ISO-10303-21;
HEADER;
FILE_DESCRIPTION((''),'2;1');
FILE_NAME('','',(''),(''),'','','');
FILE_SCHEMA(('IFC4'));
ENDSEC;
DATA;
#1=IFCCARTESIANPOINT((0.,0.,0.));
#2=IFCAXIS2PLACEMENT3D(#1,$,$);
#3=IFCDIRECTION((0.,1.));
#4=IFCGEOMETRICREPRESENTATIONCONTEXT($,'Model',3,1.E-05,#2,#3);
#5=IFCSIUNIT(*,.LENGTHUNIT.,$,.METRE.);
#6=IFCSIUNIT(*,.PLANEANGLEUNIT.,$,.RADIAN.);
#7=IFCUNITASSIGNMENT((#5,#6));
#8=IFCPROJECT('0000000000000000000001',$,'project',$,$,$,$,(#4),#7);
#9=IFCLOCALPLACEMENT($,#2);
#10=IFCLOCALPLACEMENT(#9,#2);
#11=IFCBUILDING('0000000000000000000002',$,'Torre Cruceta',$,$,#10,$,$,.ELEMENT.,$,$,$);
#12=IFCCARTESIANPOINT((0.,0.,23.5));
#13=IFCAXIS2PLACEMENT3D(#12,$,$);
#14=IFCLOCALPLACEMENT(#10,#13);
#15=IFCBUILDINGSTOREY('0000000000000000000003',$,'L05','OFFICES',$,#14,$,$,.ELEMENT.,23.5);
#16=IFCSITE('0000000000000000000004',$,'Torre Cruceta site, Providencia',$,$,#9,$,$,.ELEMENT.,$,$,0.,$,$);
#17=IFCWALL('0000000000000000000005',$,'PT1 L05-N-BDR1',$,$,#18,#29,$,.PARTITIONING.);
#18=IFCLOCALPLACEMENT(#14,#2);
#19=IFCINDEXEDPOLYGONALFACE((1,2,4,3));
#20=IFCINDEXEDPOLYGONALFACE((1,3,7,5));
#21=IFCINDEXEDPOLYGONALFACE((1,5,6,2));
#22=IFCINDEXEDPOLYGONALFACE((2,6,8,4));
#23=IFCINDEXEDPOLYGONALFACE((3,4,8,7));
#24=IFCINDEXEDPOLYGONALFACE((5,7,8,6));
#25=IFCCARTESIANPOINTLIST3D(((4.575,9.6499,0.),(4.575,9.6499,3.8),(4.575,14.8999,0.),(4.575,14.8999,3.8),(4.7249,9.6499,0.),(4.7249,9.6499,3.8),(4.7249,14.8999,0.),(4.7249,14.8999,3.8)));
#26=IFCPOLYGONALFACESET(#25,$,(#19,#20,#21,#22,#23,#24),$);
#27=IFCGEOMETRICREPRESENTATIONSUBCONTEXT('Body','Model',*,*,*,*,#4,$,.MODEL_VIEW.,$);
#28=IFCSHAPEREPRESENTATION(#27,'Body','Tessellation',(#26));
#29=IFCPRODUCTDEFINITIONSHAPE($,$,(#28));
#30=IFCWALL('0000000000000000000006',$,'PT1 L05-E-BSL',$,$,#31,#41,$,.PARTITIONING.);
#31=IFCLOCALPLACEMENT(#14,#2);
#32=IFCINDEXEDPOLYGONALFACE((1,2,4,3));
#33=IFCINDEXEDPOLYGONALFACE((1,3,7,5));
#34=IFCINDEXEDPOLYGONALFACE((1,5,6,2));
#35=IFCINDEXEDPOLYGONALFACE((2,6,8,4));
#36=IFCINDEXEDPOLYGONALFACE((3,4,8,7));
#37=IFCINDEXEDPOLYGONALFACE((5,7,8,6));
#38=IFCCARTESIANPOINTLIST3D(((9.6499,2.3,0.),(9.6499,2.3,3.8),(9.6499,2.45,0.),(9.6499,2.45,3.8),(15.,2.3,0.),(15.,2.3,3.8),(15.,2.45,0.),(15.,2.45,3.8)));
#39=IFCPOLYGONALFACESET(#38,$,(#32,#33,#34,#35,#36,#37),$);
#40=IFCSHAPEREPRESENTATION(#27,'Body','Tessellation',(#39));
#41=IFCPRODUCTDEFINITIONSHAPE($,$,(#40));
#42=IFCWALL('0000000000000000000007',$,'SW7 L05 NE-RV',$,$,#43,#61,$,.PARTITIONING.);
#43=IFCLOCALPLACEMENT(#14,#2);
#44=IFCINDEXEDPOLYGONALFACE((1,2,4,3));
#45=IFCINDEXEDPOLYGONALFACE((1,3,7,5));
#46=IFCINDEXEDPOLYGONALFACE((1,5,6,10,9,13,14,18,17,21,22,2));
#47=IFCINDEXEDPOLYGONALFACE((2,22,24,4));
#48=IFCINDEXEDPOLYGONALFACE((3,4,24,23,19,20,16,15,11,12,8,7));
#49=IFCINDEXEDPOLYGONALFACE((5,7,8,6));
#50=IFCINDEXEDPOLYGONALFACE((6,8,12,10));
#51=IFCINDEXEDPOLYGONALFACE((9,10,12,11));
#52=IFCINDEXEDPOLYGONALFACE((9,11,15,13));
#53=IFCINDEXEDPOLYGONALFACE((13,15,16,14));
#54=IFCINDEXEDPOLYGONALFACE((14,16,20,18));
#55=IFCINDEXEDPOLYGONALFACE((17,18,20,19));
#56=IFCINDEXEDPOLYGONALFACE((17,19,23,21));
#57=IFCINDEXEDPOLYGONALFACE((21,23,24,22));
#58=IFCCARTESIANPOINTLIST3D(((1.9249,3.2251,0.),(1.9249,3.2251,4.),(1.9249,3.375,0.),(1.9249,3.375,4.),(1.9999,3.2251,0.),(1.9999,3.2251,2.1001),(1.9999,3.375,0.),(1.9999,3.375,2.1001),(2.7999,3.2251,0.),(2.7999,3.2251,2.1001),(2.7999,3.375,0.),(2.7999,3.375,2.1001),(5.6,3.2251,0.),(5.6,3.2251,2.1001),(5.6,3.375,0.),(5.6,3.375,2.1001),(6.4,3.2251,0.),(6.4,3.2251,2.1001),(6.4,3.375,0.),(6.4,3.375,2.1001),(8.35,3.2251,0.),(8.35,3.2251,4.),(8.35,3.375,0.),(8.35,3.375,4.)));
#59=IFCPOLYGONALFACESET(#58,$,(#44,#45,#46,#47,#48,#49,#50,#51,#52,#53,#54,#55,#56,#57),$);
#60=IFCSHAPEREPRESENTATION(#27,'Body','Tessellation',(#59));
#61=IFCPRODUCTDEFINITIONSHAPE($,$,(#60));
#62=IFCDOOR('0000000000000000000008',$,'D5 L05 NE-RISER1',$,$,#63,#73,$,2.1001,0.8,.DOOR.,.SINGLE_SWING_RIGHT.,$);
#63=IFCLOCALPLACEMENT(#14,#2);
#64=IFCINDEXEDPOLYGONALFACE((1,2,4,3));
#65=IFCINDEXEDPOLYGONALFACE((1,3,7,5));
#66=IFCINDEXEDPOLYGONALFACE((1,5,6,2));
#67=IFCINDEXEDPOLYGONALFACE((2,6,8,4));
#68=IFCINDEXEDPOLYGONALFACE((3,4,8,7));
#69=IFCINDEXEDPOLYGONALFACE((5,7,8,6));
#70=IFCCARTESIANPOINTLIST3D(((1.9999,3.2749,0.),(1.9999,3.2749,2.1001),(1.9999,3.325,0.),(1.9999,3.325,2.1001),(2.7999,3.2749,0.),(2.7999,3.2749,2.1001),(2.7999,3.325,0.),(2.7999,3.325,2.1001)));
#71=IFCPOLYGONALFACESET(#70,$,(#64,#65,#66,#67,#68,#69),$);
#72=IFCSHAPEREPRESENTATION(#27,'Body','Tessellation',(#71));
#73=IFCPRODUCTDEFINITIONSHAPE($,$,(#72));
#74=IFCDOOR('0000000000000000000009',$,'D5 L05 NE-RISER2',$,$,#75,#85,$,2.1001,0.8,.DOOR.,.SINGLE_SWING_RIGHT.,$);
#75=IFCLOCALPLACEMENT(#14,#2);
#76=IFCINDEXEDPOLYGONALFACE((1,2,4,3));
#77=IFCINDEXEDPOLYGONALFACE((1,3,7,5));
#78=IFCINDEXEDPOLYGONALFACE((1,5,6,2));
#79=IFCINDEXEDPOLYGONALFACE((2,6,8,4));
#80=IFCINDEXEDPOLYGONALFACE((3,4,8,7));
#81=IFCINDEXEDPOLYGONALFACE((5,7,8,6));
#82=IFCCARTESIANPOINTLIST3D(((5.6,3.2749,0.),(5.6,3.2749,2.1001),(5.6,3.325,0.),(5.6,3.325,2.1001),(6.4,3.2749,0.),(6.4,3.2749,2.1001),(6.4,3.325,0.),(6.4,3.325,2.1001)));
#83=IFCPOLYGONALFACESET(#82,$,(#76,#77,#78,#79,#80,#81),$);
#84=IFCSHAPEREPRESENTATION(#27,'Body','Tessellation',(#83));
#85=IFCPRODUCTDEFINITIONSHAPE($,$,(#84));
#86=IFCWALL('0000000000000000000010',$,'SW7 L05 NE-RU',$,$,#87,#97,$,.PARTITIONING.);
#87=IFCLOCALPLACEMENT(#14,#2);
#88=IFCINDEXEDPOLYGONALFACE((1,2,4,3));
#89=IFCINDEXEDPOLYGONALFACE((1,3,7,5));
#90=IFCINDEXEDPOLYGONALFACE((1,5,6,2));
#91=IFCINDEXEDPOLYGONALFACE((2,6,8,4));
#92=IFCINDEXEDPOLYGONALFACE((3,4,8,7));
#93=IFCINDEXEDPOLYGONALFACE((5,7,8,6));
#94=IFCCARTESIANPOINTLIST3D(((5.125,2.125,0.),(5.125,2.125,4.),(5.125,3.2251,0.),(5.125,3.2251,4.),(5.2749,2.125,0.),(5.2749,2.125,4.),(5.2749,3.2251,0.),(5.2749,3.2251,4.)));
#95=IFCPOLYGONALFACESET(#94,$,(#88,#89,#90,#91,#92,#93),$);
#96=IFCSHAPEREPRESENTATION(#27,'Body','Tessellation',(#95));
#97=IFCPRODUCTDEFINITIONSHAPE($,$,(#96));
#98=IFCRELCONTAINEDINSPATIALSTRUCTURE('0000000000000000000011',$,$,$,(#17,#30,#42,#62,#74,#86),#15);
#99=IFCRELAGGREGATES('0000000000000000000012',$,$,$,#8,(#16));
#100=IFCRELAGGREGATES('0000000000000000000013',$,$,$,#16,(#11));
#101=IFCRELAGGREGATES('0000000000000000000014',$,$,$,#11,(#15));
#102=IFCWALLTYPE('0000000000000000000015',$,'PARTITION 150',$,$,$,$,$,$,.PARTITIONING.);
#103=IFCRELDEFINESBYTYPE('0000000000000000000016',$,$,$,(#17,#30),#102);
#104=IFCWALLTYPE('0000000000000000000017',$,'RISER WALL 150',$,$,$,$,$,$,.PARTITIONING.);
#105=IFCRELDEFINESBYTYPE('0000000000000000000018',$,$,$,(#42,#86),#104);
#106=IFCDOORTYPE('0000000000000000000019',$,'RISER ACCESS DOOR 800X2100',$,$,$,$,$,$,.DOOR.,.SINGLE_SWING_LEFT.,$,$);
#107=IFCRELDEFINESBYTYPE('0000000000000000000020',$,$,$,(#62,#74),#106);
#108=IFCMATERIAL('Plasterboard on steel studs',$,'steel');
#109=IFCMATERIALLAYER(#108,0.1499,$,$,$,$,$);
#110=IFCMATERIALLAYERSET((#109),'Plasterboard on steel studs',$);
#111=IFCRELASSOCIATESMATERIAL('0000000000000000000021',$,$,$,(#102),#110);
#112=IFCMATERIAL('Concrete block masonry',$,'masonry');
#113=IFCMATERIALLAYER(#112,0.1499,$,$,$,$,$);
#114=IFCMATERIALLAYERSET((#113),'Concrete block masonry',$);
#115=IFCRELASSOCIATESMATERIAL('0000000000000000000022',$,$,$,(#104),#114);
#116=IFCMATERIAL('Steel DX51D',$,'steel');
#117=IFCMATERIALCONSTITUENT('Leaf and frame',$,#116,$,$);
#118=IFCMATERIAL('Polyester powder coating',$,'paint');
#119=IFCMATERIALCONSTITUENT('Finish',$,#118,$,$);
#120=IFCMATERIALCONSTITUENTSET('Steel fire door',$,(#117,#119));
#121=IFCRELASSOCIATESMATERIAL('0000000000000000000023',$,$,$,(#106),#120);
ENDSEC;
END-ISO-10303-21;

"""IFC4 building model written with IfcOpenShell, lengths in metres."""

from ifc_helpers import new_model, si_unit, direction, frame, frame_2d, origin, place, context, subcontext, project, spatial, rectangle, extrude, material, layer, layer_set, constituent, constituent_set, type_object, element, fill, save


model = new_model("IFC4")

# Units and contexts
model_context = context("Model", 3, precision=1e-05, world=origin(), true_north=direction((0.0, 1.0)))
body_context = subcontext(model_context, "Body", "Model", "MODEL_VIEW")
ifc_project = project(units=[si_unit("LENGTHUNIT", "METRE"), si_unit("PLANEANGLEUNIT", "RADIAN")], contexts=[model_context])

# Site, building, storey
site_placement = place(None, origin())
site = spatial("IfcSite", under=ifc_project, at=site_placement, Name="Torre Cruceta site, Providencia", CompositionType="ELEMENT", RefElevation=0.0)
building_placement = place(site_placement, origin())
building = spatial("IfcBuilding", under=site, at=building_placement, Name="Torre Cruceta", CompositionType="ELEMENT")
storey_placement = place(building_placement, frame((0.0, 0.0, 23.5)))
storey = spatial("IfcBuildingStorey", under=building, at=storey_placement, Name="L05", Description="OFFICES", CompositionType="ELEMENT", Elevation=23.5)

# Walls
ifc_material_1 = material(Name="Plasterboard on steel studs", Category="steel")
ifc_layer_1 = layer(ifc_material_1, 0.1499)
ifc_layer_set_1 = layer_set([ifc_layer_1], Name="Plasterboard on steel studs")
wall_type_1 = type_object("IfcWallType", Name="PARTITION 150", PredefinedType="PARTITIONING", material=ifc_layer_set_1)
wall_1_placement = place(storey_placement, frame((4.6499, 9.6499, 0.0), z_axis=(0.0, 0.0, 1.0), x_axis=(0.0, 1.0, 0.0)))
element("IfcWall", 1, at=wall_1_placement, inside=storey, type_object=wall_type_1, Name="PT1 L05-N-BDR1", PredefinedType="PARTITIONING", context=body_context, shape_type="SweptSolid", body=[
    extrude(rectangle(XDim=5.25, YDim=0.1499, at=frame_2d((2.625, 0.0))), origin(), (0.0, 0.0, 1.0), 3.8),
])
wall_2_placement = place(storey_placement, frame((9.6499, 2.375, 0.0), z_axis=(0.0, 0.0, 1.0), x_axis=(1.0, 0.0, 0.0)))
element("IfcWall", 2, at=wall_2_placement, inside=storey, type_object=wall_type_1, Name="PT1 L05-E-BSL", PredefinedType="PARTITIONING", context=body_context, shape_type="SweptSolid", body=[
    extrude(rectangle(XDim=5.3501, YDim=0.1499, at=frame_2d((2.675, 0.0))), origin(), (0.0, 0.0, 1.0), 3.8),
])

# Wall, openings, doors
ifc_material_2 = material(Name="Concrete block masonry", Category="masonry")
ifc_layer_2 = layer(ifc_material_2, 0.1499)
ifc_layer_set_2 = layer_set([ifc_layer_2], Name="Concrete block masonry")
wall_type_2 = type_object("IfcWallType", Name="RISER WALL 150", PredefinedType="PARTITIONING", material=ifc_layer_set_2)
wall_3_placement = place(storey_placement, frame((1.925, 3.3, 0.0), z_axis=(0.0, 0.0, 1.0), x_axis=(1.0, 0.0, 0.0)))
wall_3 = element("IfcWall", 3, at=wall_3_placement, inside=storey, type_object=wall_type_2, Name="SW7 L05 NE-RV", PredefinedType="PARTITIONING", context=body_context, shape_type="SweptSolid", body=[
    extrude(rectangle(XDim=6.425, YDim=0.1499, at=frame_2d((3.2124, 0.0))), origin(), (0.0, 0.0, 1.0), 4.0),
])
opening_1_placement = place(wall_3_placement, frame((0.075, 0.0, 0.0)))
opening_1 = element("IfcOpeningElement", 4, at=opening_1_placement, cuts=wall_3, PredefinedType="OPENING", context=body_context, shape_type="SweptSolid", body=[
    extrude(rectangle(XDim=0.8, YDim=2.1001, at=frame_2d((0.3999, 1.05))), frame((0.0, 0.085, 0.0), z_axis=(0.0, -1.0, 0.0), x_axis=(1.0, 0.0, 0.0)), (0.0, 0.0, 1.0), 0.1699),
])
opening_2_placement = place(wall_3_placement, frame((3.675, 0.0, 0.0)))
opening_2 = element("IfcOpeningElement", 5, at=opening_2_placement, cuts=wall_3, PredefinedType="OPENING", context=body_context, shape_type="SweptSolid", body=[
    extrude(rectangle(XDim=0.8, YDim=2.1001, at=frame_2d((0.3999, 1.05))), frame((0.0, 0.085, 0.0), z_axis=(0.0, -1.0, 0.0), x_axis=(1.0, 0.0, 0.0)), (0.0, 0.0, 1.0), 0.1699),
])
ifc_material_3 = material(Name="Steel DX51D", Category="steel")
ifc_constituent_1 = constituent(ifc_material_3, Name="Leaf and frame")
ifc_material_4 = material(Name="Polyester powder coating", Category="paint")
ifc_constituent_2 = constituent(ifc_material_4, Name="Finish")
ifc_constituent_set_1 = constituent_set(constituents=[ifc_constituent_1, ifc_constituent_2], Name="Steel fire door")
door_type_1 = type_object("IfcDoorType", Name="RISER ACCESS DOOR 800X2100", OperationType="SINGLE_SWING_LEFT", PredefinedType="DOOR", material=ifc_constituent_set_1)
door_1_placement = place(opening_1_placement, frame((0.8, 0.0, 0.0), z_axis=(0.0, 0.0, 1.0), x_axis=(-1.0, 0.0, 0.0)))
door_1 = element("IfcDoor", 6, at=door_1_placement, inside=storey, type_object=door_type_1, Name="D5 L05 NE-RISER1", OperationType="SINGLE_SWING_RIGHT", OverallHeight=2.1001, OverallWidth=0.8, PredefinedType="DOOR", context=body_context, shape_type="SweptSolid", body=[
    extrude(rectangle(XDim=0.8, YDim=2.1001, at=frame_2d((0.4001, 1.05))), frame((0.0, 0.0251, 0.0), z_axis=(0.0, -1.0, 0.0), x_axis=(1.0, 0.0, 0.0)), (0.0, 0.0, 1.0), 0.05),
])
fill(opening_1, door_1)
door_2_placement = place(opening_2_placement, frame((0.8, 0.0, 0.0), z_axis=(0.0, 0.0, 1.0), x_axis=(-1.0, 0.0, 0.0)))
door_2 = element("IfcDoor", 7, at=door_2_placement, inside=storey, type_object=door_type_1, Name="D5 L05 NE-RISER2", OperationType="SINGLE_SWING_RIGHT", OverallHeight=2.1001, OverallWidth=0.8, PredefinedType="DOOR", context=body_context, shape_type="SweptSolid", body=[
    extrude(rectangle(XDim=0.8, YDim=2.1001, at=frame_2d((0.4001, 1.05))), frame((0.0, 0.0251, 0.0), z_axis=(0.0, -1.0, 0.0), x_axis=(1.0, 0.0, 0.0)), (0.0, 0.0, 1.0), 0.05),
])
fill(opening_2, door_2)

# Wall
wall_4_placement = place(storey_placement, frame((5.2, 2.125, 0.0), z_axis=(0.0, 0.0, 1.0), x_axis=(0.0, 1.0, 0.0)))
element("IfcWall", 8, at=wall_4_placement, inside=storey, type_object=wall_type_2, Name="SW7 L05 NE-RU", PredefinedType="PARTITIONING", context=body_context, shape_type="SweptSolid", body=[
    extrude(rectangle(XDim=1.1001, YDim=0.1499, at=frame_2d((0.55, 0.0))), origin(), (0.0, 0.0, 1.0), 4.0),
])

save(model, "model.ifc")
